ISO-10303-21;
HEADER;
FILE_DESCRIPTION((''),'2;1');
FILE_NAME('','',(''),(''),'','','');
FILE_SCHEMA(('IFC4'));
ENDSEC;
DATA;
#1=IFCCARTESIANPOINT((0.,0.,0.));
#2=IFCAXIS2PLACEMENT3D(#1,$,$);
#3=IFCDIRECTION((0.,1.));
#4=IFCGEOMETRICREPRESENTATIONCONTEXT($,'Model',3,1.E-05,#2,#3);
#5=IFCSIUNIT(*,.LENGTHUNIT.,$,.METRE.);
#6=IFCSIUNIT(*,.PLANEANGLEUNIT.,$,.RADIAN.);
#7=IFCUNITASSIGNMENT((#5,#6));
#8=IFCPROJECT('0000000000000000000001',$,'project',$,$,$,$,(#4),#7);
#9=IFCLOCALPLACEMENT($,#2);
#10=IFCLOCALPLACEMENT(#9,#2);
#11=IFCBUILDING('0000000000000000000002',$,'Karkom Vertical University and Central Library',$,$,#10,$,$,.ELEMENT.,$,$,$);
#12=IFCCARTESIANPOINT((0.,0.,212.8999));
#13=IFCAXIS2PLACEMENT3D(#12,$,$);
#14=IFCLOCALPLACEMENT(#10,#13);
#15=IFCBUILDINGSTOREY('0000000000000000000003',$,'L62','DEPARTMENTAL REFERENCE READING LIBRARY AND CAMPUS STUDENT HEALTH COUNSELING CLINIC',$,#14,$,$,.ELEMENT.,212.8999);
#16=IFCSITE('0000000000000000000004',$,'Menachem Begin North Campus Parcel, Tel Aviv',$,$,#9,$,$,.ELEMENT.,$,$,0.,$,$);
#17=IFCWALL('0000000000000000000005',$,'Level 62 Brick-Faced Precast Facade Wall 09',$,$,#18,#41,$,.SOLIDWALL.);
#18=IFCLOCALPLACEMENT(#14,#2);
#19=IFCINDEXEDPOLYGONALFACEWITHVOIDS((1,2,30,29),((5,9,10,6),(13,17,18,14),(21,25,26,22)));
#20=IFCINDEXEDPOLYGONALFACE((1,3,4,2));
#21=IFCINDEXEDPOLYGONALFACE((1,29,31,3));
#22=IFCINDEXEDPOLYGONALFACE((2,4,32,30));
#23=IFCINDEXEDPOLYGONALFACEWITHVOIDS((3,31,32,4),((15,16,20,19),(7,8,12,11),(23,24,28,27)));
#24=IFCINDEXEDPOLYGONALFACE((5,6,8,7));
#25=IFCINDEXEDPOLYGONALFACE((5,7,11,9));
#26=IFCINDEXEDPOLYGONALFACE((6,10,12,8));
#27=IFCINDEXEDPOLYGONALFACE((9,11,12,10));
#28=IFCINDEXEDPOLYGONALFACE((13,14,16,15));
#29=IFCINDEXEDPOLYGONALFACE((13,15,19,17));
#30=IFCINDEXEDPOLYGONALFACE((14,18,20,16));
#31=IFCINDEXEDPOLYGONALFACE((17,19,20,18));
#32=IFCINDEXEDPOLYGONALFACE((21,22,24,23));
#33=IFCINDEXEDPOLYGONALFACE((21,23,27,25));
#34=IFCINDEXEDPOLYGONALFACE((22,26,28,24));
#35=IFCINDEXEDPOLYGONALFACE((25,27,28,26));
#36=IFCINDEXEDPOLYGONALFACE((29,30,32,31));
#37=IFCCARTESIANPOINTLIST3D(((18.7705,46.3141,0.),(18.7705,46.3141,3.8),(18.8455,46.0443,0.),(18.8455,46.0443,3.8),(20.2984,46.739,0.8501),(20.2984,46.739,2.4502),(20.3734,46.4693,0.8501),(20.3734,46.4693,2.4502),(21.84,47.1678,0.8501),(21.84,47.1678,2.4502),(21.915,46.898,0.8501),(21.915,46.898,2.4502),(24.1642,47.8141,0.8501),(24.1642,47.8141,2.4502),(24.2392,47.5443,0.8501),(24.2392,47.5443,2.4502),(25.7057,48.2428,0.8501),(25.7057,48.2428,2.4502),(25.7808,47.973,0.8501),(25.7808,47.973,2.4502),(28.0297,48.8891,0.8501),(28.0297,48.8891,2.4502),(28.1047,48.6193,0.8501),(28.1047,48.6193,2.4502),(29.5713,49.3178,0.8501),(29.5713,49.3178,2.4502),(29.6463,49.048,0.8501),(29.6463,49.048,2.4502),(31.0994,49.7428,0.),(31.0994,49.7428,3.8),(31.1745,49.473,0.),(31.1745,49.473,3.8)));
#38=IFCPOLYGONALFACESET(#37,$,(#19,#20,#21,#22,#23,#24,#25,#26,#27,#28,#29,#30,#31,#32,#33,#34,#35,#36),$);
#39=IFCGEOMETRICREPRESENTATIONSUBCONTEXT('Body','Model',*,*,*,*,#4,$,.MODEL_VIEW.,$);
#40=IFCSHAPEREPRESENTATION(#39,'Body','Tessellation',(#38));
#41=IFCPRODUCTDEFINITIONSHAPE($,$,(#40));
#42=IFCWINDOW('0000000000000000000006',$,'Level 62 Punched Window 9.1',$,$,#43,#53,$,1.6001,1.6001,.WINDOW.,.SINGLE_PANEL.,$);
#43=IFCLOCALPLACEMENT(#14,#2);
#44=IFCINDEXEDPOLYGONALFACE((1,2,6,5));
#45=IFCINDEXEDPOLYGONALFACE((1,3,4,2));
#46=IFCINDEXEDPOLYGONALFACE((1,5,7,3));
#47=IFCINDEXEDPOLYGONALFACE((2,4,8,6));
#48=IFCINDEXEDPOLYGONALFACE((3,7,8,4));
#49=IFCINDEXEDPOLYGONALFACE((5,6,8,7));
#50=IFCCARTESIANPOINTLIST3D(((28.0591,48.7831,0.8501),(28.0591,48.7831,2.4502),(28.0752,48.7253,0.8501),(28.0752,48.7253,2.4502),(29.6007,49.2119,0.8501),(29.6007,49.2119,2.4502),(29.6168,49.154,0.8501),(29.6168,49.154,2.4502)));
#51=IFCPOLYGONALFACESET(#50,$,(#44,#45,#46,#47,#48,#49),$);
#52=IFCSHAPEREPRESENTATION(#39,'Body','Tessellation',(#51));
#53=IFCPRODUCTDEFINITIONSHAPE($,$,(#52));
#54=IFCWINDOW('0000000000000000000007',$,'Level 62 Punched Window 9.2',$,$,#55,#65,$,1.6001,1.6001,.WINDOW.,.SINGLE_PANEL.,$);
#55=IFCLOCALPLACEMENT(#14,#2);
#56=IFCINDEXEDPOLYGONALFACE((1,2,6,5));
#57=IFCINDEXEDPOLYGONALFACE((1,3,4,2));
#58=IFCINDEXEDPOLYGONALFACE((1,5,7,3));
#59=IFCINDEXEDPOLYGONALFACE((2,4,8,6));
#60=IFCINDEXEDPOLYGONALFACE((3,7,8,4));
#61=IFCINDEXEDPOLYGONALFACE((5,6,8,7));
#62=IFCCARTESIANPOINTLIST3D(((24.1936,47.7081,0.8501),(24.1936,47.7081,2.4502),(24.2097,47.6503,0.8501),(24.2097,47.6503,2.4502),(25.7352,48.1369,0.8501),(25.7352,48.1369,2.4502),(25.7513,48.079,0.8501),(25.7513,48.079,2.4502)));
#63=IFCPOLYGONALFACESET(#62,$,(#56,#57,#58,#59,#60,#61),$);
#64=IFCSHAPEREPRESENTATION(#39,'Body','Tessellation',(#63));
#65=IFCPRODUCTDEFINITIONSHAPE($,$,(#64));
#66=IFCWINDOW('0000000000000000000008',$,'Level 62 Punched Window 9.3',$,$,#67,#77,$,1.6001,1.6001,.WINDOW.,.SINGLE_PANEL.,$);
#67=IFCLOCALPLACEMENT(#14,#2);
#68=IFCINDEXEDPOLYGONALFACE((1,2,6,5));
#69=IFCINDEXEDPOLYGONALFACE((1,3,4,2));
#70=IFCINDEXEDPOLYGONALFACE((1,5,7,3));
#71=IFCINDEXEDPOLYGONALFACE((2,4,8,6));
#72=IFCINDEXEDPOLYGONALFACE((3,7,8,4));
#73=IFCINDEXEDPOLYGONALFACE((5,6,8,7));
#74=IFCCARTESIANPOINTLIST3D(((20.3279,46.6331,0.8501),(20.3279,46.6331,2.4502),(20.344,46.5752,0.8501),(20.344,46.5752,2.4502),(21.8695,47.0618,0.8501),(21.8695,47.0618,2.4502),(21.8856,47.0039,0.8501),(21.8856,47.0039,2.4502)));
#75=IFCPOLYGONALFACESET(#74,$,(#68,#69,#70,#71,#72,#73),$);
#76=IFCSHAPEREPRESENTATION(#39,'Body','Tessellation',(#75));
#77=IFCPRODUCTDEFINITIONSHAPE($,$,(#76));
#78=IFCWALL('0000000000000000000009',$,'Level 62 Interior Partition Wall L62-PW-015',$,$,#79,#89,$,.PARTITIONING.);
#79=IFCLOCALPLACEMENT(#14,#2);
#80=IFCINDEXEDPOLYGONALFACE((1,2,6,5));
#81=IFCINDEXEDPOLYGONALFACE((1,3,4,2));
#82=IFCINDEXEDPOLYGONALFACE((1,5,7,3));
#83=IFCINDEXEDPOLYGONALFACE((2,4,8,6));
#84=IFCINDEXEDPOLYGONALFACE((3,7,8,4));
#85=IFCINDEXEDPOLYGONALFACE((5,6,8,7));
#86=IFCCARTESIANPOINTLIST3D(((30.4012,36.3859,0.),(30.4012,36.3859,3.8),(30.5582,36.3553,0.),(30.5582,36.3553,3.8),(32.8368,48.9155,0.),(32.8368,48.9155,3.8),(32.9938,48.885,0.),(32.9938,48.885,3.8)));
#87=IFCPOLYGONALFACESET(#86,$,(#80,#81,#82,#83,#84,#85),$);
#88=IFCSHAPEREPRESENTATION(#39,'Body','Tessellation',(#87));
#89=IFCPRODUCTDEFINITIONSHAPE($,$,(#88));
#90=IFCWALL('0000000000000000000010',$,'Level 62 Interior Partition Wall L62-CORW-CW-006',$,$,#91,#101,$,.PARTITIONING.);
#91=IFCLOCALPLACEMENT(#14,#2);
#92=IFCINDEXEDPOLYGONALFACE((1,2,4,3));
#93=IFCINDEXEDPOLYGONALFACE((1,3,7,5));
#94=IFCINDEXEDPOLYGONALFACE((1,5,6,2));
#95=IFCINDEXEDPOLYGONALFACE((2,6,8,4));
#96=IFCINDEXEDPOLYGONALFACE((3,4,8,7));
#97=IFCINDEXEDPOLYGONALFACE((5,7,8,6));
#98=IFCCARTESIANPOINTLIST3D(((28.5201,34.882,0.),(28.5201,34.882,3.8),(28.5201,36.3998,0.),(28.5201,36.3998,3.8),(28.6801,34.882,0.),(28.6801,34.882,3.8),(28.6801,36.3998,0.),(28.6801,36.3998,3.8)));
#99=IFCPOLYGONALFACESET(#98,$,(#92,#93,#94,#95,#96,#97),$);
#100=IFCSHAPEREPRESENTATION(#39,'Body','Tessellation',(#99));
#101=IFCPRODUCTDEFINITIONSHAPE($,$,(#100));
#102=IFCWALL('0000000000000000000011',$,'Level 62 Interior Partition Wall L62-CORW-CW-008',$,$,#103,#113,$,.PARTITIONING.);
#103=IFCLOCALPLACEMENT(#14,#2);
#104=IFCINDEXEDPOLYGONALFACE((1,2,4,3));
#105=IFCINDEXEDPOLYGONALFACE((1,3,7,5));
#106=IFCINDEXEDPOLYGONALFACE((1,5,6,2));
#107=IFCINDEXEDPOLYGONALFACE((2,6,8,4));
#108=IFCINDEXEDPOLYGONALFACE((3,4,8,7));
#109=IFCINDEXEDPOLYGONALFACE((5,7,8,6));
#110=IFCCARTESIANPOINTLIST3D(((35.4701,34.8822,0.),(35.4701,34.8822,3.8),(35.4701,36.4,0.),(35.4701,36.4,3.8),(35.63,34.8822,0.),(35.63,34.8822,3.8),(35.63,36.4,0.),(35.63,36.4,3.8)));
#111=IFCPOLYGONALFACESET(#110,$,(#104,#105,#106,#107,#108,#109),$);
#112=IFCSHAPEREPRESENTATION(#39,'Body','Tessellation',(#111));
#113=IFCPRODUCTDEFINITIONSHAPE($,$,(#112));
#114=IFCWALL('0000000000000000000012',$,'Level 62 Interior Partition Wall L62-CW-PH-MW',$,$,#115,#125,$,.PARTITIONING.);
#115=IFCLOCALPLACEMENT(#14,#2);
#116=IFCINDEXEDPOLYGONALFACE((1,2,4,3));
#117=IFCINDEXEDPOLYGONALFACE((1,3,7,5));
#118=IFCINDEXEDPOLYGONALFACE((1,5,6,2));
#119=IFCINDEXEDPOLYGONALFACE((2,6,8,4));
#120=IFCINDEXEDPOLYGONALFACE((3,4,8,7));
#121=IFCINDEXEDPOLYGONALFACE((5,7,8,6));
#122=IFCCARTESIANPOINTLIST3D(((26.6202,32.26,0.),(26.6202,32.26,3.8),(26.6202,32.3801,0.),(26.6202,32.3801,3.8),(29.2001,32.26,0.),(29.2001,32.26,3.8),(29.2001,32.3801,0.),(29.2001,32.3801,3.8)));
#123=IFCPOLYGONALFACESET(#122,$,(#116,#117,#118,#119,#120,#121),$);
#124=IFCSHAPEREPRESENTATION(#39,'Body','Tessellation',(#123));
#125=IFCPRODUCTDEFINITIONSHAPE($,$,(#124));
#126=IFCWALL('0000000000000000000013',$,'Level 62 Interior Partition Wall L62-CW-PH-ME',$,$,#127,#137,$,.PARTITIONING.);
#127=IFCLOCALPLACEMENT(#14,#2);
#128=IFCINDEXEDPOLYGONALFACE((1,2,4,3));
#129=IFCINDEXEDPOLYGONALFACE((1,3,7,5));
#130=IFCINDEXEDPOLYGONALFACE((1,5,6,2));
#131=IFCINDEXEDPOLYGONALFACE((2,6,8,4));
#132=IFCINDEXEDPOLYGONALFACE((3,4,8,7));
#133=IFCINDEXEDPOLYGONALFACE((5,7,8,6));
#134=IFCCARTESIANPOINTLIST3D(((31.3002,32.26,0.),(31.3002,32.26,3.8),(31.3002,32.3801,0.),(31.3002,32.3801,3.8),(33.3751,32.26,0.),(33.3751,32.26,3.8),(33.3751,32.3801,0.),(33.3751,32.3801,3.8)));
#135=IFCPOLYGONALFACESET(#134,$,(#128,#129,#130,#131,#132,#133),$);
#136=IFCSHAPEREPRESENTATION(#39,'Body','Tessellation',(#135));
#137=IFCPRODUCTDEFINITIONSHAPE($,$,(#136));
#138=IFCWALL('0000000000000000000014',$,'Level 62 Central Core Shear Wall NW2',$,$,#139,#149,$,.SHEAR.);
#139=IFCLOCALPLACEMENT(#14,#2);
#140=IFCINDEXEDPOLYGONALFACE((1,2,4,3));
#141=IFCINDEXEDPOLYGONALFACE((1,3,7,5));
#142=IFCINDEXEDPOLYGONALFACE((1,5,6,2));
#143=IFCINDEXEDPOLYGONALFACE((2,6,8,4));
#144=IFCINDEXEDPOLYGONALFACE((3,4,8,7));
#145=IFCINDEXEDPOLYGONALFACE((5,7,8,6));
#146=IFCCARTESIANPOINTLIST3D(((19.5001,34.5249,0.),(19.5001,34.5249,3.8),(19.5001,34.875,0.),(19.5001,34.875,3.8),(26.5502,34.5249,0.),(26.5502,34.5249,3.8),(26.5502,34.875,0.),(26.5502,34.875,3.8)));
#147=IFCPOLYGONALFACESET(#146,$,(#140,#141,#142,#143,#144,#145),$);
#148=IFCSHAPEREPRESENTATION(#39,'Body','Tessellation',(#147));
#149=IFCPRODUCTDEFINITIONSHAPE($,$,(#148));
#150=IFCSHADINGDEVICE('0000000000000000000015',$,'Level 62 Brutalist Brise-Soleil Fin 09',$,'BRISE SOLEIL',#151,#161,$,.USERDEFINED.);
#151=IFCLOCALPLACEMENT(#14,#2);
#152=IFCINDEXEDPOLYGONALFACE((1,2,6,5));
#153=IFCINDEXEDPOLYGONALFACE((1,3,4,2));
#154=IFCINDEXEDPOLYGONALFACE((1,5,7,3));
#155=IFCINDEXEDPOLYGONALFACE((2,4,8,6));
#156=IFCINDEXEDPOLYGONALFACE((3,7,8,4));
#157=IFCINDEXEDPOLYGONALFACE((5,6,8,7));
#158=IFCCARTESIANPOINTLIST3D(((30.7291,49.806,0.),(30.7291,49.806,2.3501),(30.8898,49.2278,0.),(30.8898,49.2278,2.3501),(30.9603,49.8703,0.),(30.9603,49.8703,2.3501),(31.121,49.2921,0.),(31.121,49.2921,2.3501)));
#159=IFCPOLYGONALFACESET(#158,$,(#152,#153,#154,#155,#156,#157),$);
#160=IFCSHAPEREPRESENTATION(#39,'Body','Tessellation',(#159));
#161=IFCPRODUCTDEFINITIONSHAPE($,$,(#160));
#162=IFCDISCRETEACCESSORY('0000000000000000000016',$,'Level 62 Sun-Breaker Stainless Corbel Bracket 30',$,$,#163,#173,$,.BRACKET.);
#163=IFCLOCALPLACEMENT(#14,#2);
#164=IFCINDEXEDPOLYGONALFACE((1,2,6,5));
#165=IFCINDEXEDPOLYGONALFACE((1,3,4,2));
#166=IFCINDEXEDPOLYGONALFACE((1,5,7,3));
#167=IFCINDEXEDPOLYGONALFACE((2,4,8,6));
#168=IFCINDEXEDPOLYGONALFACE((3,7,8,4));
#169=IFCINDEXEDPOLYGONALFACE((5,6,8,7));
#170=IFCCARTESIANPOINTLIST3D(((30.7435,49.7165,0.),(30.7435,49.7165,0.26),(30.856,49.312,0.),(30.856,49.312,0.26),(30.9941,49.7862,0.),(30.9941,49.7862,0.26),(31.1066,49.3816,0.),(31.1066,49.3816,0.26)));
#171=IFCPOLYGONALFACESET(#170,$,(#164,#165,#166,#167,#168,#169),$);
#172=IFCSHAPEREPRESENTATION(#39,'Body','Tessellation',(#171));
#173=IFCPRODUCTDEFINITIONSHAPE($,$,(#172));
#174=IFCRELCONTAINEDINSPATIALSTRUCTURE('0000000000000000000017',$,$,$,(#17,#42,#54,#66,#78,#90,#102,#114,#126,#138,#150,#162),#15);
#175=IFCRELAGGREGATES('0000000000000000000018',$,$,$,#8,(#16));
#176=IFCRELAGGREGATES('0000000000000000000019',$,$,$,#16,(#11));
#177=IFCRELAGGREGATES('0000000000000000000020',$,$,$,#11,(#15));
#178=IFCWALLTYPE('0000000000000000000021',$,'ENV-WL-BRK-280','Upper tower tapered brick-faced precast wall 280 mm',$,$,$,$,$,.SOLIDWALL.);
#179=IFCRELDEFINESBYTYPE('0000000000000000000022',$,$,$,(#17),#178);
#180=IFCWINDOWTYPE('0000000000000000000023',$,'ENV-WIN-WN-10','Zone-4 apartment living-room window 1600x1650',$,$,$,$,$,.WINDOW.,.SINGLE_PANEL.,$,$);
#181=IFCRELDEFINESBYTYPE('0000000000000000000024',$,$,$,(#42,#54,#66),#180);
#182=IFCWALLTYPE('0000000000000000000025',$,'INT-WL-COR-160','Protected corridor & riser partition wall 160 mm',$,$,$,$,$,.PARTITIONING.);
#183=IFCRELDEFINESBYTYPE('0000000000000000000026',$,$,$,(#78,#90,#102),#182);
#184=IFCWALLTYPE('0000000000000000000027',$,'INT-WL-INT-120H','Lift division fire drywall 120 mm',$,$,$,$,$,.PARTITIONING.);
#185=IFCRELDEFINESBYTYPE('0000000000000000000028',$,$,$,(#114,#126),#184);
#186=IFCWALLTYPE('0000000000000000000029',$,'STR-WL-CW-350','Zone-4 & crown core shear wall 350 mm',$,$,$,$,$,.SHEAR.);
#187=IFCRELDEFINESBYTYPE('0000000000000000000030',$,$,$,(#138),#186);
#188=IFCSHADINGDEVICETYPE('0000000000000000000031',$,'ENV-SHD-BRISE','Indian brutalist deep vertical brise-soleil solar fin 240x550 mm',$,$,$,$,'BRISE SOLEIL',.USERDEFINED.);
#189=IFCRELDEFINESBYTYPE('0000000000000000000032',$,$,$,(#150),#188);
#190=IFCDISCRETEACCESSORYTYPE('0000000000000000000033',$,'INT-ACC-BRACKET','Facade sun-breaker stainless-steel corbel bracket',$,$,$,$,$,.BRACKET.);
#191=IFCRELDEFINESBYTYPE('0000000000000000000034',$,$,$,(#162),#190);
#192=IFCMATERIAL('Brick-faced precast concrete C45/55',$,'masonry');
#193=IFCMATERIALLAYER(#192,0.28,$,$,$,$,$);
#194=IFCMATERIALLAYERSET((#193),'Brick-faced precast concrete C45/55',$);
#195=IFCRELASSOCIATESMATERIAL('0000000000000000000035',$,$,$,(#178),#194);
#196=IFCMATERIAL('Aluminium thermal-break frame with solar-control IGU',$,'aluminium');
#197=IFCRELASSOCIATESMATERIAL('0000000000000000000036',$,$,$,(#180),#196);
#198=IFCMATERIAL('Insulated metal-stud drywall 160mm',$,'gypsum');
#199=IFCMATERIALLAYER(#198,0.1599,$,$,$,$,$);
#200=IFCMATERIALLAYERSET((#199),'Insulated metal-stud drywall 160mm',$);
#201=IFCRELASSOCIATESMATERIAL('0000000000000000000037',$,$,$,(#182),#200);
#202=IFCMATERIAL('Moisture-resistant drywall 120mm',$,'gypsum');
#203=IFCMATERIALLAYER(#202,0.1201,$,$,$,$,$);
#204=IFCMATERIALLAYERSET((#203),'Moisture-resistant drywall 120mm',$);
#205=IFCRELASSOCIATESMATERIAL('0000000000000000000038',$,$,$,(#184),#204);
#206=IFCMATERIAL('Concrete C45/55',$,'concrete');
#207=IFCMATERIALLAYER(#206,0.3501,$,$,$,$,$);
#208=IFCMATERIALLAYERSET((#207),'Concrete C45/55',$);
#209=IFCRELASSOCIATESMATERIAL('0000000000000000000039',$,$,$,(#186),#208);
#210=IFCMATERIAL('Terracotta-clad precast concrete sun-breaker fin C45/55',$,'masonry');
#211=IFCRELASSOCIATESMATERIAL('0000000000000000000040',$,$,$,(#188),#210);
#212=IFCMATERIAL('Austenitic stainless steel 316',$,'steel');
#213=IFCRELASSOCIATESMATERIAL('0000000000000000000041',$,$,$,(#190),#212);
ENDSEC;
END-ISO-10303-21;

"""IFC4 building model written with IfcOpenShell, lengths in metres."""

from ifc_helpers import new_model, si_unit, direction, frame, frame_2d, origin, origin_with_axes, origin_2d, place, context, subcontext, project, spatial, rectangle, extrude, source, transform, mapped, material, layer, layer_set, type_object, element, fill, save


model = new_model("IFC4")

# Units and contexts
model_context = context("Model", 3, precision=1e-05, world=origin(), true_north=direction((0.0, 1.0)))
body_context = subcontext(model_context, "Body", "Model", "MODEL_VIEW")
ifc_project = project(units=[si_unit("LENGTHUNIT", "METRE"), si_unit("PLANEANGLEUNIT", "RADIAN")], contexts=[model_context])

# Site, building, storey
site_placement = place(None, origin())
site = spatial("IfcSite", under=ifc_project, at=site_placement, Name="Menachem Begin North Campus Parcel, Tel Aviv", CompositionType="ELEMENT", RefElevation=0.0)
building_placement = place(site_placement, origin())
building = spatial("IfcBuilding", under=site, at=building_placement, Name="Karkom Vertical University and Central Library", CompositionType="ELEMENT")
storey_placement = place(building_placement, frame((0.0, 0.0, 212.8999)))
storey = spatial("IfcBuildingStorey", under=building, at=storey_placement, Name="L62", Description="DEPARTMENTAL REFERENCE READING LIBRARY AND CAMPUS STUDENT HEALTH COUNSELING CLINIC", CompositionType="ELEMENT", Elevation=212.8999)

# Shared definitions
ifc_material_1 = material(Name="Concrete C45/55", Category="concrete")

# Wall, openings, windows
ifc_material_2 = material(Name="Brick-faced precast concrete C45/55", Category="masonry")
ifc_layer_1 = layer(ifc_material_2, 0.28)
ifc_layer_set_1 = layer_set([ifc_layer_1], Name="Brick-faced precast concrete C45/55")
wall_type_1 = type_object("IfcWallType", Name="ENV-WL-BRK-280", Description="Upper tower tapered brick-faced precast wall 280 mm", PredefinedType="SOLIDWALL", material=ifc_layer_set_1)
wall_1_placement = place(storey_placement, frame((31.137, 49.6079, 0.0), z_axis=(0.0, 0.0, 1.0), x_axis=(-0.963438, -0.267931, 0.0)))
wall_1 = element("IfcWall", 1, at=wall_1_placement, inside=storey, type_object=wall_type_1, Name="Level 62 Brick-Faced Precast Facade Wall 09", PredefinedType="SOLIDWALL", context=body_context, shape_type="SweptSolid", body=[
    extrude(rectangle(XDim=12.7969, YDim=0.28, at=frame_2d((6.3984, 0.0))), origin(), (0.0, 0.0, 1.0), 3.8),
])
opening_1_placement = place(wall_1_placement, frame((1.5862, 0.0, 0.8501)))
opening_1 = element("IfcOpeningElement", 2, at=opening_1_placement, cuts=wall_1, PredefinedType="OPENING", context=body_context, shape_type="SweptSolid", body=[
    extrude(rectangle(XDim=1.6001, YDim=1.6001, at=frame_2d((0.8, 0.8))), frame((0.0, 0.1499, 0.0), z_axis=(0.0, -1.0, 0.0), x_axis=(1.0, 0.0, 0.0)), (0.0, 0.0, 1.0), 0.3),
])
opening_2_placement = place(wall_1_placement, frame((5.5984, 0.0, 0.8501)))
opening_2 = element("IfcOpeningElement", 3, at=opening_2_placement, cuts=wall_1, PredefinedType="OPENING", context=body_context, shape_type="SweptSolid", body=[
    extrude(rectangle(XDim=1.6001, YDim=1.6001, at=frame_2d((0.8, 0.8))), frame((0.0, 0.1499, 0.0), z_axis=(0.0, -1.0, 0.0), x_axis=(1.0, 0.0, 0.0)), (0.0, 0.0, 1.0), 0.3),
])
opening_3_placement = place(wall_1_placement, frame((9.6108, 0.0, 0.8501)))
opening_3 = element("IfcOpeningElement", 4, at=opening_3_placement, cuts=wall_1, PredefinedType="OPENING", context=body_context, shape_type="SweptSolid", body=[
    extrude(rectangle(XDim=1.6001, YDim=1.6001, at=frame_2d((0.8, 0.8))), frame((0.0, 0.1499, 0.0), z_axis=(0.0, -1.0, 0.0), x_axis=(1.0, 0.0, 0.0)), (0.0, 0.0, 1.0), 0.3),
])
ifc_material_3 = material(Name="Aluminium thermal-break frame with solar-control IGU", Category="aluminium")
window_type = type_object("IfcWindowType", Name="ENV-WIN-WN-10", Description="Zone-4 apartment living-room window 1600x1650", PartitioningType="SINGLE_PANEL", PredefinedType="WINDOW", material=ifc_material_3)
shared_shape_1 = source(origin_with_axes(), body_context, "Body", "SweptSolid", [
    extrude(rectangle(XDim=1.6001, YDim=1.6001, at=frame_2d((0.8, 0.8))), frame((0.0, 0.03, 0.0), z_axis=(0.0, -1.0, 0.0), x_axis=(1.0, 0.0, 0.0)), (0.0, 0.0, 1.0), 0.0601),
])
window_1_placement = place(opening_1_placement, origin())
window_1 = element("IfcWindow", 5, at=window_1_placement, inside=storey, type_object=window_type, Name="Level 62 Punched Window 9.1", OverallHeight=1.6001, OverallWidth=1.6001, PartitioningType="SINGLE_PANEL", PredefinedType="WINDOW", context=body_context, shape_type="MappedRepresentation", body=[
    mapped(shared_shape_1, transform((0.0, 0.0, 0.0), scale=1.0)),
])
fill(opening_1, window_1)
window_2_placement = place(opening_2_placement, origin())
window_2 = element("IfcWindow", 6, at=window_2_placement, inside=storey, type_object=window_type, Name="Level 62 Punched Window 9.2", OverallHeight=1.6001, OverallWidth=1.6001, PartitioningType="SINGLE_PANEL", PredefinedType="WINDOW", context=body_context, shape_type="MappedRepresentation", body=[
    mapped(shared_shape_1, transform((0.0, 0.0, 0.0), scale=1.0)),
])
fill(opening_2, window_2)
window_3_placement = place(opening_3_placement, origin())
window_3 = element("IfcWindow", 7, at=window_3_placement, inside=storey, type_object=window_type, Name="Level 62 Punched Window 9.3", OverallHeight=1.6001, OverallWidth=1.6001, PartitioningType="SINGLE_PANEL", PredefinedType="WINDOW", context=body_context, shape_type="MappedRepresentation", body=[
    mapped(shared_shape_1, transform((0.0, 0.0, 0.0), scale=1.0)),
])
fill(opening_3, window_3)

# Wall
ifc_material_4 = material(Name="Insulated metal-stud drywall 160mm", Category="gypsum")
ifc_layer_2 = layer(ifc_material_4, 0.1599)
ifc_layer_set_2 = layer_set([ifc_layer_2], Name="Insulated metal-stud drywall 160mm")
wall_type_2 = type_object("IfcWallType", Name="INT-WL-COR-160", Description="Protected corridor & riser partition wall 160 mm", PredefinedType="PARTITIONING", material=ifc_layer_set_2)
wall_2_placement = place(storey_placement, frame((30.4797, 36.3706, 0.0), z_axis=(0.0, 0.0, 1.0), x_axis=(0.190813, 0.981626, 0.0)))
element("IfcWall", 8, at=wall_2_placement, inside=storey, type_object=wall_type_2, Name="Level 62 Interior Partition Wall L62-PW-015", PredefinedType="PARTITIONING", context=body_context, shape_type="SweptSolid", body=[
    extrude(rectangle(XDim=12.7642, YDim=0.1599, at=frame_2d((6.3821, 0.0))), origin(), (0.0, 0.0, 1.0), 3.8),
])

# Walls
for number, where, z_axis, x_axis, name in (
    (9, (28.6001, 34.8821, 0.0), (0.0, 0.0, 1.0), (0.0, 1.0, 0.0), "Level 62 Interior Partition Wall L62-CORW-CW-006"),
    (10, (35.55, 36.3999, 0.0), (0.0, 0.0, 1.0), (0.0, -1.0, 0.0), "Level 62 Interior Partition Wall L62-CORW-CW-008"),
):
    element("IfcWall", number, at=place(storey_placement, frame(where, z_axis=z_axis, x_axis=x_axis)), inside=storey, type_object=wall_type_2, Name=name, PredefinedType="PARTITIONING", context=body_context, shape_type="SweptSolid", body=[
        extrude(rectangle(XDim=1.5178, YDim=0.1599, at=frame_2d((0.7588, 0.0))), origin(), (0.0, 0.0, 1.0), 3.8),
    ])
ifc_material_5 = material(Name="Moisture-resistant drywall 120mm", Category="gypsum")
ifc_layer_3 = layer(ifc_material_5, 0.1201)
ifc_layer_set_3 = layer_set([ifc_layer_3], Name="Moisture-resistant drywall 120mm")
wall_type_3 = type_object("IfcWallType", Name="INT-WL-INT-120H", Description="Lift division fire drywall 120 mm", PredefinedType="PARTITIONING", material=ifc_layer_set_3)
wall_3_placement = place(storey_placement, frame((26.6201, 32.3201, 0.0), z_axis=(0.0, 0.0, 1.0), x_axis=(1.0, 0.0, 0.0)))
element("IfcWall", 11, at=wall_3_placement, inside=storey, type_object=wall_type_3, Name="Level 62 Interior Partition Wall L62-CW-PH-MW", PredefinedType="PARTITIONING", context=body_context, shape_type="SweptSolid", body=[
    extrude(rectangle(XDim=2.5798, YDim=0.1201, at=frame_2d((1.29, 0.0))), origin(), (0.0, 0.0, 1.0), 3.8),
])
wall_4_placement = place(storey_placement, frame((31.3, 32.3201, 0.0), z_axis=(0.0, 0.0, 1.0), x_axis=(1.0, 0.0, 0.0)))
element("IfcWall", 12, at=wall_4_placement, inside=storey, type_object=wall_type_3, Name="Level 62 Interior Partition Wall L62-CW-PH-ME", PredefinedType="PARTITIONING", context=body_context, shape_type="SweptSolid", body=[
    extrude(rectangle(XDim=2.075, YDim=0.1201, at=frame_2d((1.0376, 0.0))), origin(), (0.0, 0.0, 1.0), 3.8),
])

# Shared definitions
ifc_layer_4 = layer(ifc_material_1, 0.3501)
ifc_layer_set_4 = layer_set([ifc_layer_4], Name="Concrete C45/55")
wall_type_4 = type_object("IfcWallType", Name="STR-WL-CW-350", Description="Zone-4 & crown core shear wall 350 mm", PredefinedType="SHEAR", material=ifc_layer_set_4)

# Wall
wall_5_placement = place(storey_placement, frame((26.55, 34.7, 0.0), z_axis=(0.0, 0.0, 1.0), x_axis=(-1.0, 0.0, 0.0)))
element("IfcWall", 13, at=wall_5_placement, inside=storey, type_object=wall_type_4, Name="Level 62 Central Core Shear Wall NW2", PredefinedType="SHEAR", context=body_context, shape_type="SweptSolid", body=[
    extrude(rectangle(XDim=7.05, YDim=0.3501, at=frame_2d((3.5249, 0.0))), origin(), (0.0, 0.0, 1.0), 3.8),
])

# Shading device
ifc_material_6 = material(Name="Terracotta-clad precast concrete sun-breaker fin C45/55", Category="masonry")
shading_device_type = type_object("IfcShadingDeviceType", Name="ENV-SHD-BRISE", Description="Indian brutalist deep vertical brise-soleil solar fin 240x550 mm", ElementType="BRISE SOLEIL", PredefinedType="USERDEFINED", material=ifc_material_6)
shared_shape_2 = source(origin_with_axes(), body_context, "Body", "SweptSolid", [
    extrude(rectangle(XDim=0.24, YDim=0.6001, at=origin_2d()), origin(), (0.0, 0.0, 1.0), 2.3501),
])
shading_device_placement = place(storey_placement, frame((30.925, 49.5491, 0.0), z_axis=(0.0, 0.0, 1.0), x_axis=(-0.963444, -0.267911, 0.0)))
element("IfcShadingDevice", 14, at=shading_device_placement, inside=storey, type_object=shading_device_type, Name="Level 62 Brutalist Brise-Soleil Fin 09", ObjectType="BRISE SOLEIL", PredefinedType="USERDEFINED", context=body_context, shape_type="MappedRepresentation", body=[
    mapped(shared_shape_2, transform((0.0, 0.0, 0.0), scale=1.0)),
])

# Discrete accessory
ifc_material_7 = material(Name="Austenitic stainless steel 316", Category="steel")
discrete_accessory_type = type_object("IfcDiscreteAccessoryType", Name="INT-ACC-BRACKET", Description="Facade sun-breaker stainless-steel corbel bracket", PredefinedType="BRACKET", material=ifc_material_7)
shared_shape_3 = source(origin_with_axes(), body_context, "Body", "SweptSolid", [
    extrude(rectangle(XDim=0.26, YDim=0.4199, at=origin_2d()), origin(), (0.0, 0.0, 1.0), 0.26),
])
discrete_accessory_placement = place(storey_placement, frame((30.925, 49.5491, 0.0), z_axis=(0.0, 0.0, 1.0), x_axis=(-0.963444, -0.267911, 0.0)))
element("IfcDiscreteAccessory", 15, at=discrete_accessory_placement, inside=storey, type_object=discrete_accessory_type, Name="Level 62 Sun-Breaker Stainless Corbel Bracket 30", PredefinedType="BRACKET", context=body_context, shape_type="MappedRepresentation", body=[
    mapped(shared_shape_3, transform((0.0, 0.0, 0.0), scale=1.0)),
])

save(model, "model.ifc")
